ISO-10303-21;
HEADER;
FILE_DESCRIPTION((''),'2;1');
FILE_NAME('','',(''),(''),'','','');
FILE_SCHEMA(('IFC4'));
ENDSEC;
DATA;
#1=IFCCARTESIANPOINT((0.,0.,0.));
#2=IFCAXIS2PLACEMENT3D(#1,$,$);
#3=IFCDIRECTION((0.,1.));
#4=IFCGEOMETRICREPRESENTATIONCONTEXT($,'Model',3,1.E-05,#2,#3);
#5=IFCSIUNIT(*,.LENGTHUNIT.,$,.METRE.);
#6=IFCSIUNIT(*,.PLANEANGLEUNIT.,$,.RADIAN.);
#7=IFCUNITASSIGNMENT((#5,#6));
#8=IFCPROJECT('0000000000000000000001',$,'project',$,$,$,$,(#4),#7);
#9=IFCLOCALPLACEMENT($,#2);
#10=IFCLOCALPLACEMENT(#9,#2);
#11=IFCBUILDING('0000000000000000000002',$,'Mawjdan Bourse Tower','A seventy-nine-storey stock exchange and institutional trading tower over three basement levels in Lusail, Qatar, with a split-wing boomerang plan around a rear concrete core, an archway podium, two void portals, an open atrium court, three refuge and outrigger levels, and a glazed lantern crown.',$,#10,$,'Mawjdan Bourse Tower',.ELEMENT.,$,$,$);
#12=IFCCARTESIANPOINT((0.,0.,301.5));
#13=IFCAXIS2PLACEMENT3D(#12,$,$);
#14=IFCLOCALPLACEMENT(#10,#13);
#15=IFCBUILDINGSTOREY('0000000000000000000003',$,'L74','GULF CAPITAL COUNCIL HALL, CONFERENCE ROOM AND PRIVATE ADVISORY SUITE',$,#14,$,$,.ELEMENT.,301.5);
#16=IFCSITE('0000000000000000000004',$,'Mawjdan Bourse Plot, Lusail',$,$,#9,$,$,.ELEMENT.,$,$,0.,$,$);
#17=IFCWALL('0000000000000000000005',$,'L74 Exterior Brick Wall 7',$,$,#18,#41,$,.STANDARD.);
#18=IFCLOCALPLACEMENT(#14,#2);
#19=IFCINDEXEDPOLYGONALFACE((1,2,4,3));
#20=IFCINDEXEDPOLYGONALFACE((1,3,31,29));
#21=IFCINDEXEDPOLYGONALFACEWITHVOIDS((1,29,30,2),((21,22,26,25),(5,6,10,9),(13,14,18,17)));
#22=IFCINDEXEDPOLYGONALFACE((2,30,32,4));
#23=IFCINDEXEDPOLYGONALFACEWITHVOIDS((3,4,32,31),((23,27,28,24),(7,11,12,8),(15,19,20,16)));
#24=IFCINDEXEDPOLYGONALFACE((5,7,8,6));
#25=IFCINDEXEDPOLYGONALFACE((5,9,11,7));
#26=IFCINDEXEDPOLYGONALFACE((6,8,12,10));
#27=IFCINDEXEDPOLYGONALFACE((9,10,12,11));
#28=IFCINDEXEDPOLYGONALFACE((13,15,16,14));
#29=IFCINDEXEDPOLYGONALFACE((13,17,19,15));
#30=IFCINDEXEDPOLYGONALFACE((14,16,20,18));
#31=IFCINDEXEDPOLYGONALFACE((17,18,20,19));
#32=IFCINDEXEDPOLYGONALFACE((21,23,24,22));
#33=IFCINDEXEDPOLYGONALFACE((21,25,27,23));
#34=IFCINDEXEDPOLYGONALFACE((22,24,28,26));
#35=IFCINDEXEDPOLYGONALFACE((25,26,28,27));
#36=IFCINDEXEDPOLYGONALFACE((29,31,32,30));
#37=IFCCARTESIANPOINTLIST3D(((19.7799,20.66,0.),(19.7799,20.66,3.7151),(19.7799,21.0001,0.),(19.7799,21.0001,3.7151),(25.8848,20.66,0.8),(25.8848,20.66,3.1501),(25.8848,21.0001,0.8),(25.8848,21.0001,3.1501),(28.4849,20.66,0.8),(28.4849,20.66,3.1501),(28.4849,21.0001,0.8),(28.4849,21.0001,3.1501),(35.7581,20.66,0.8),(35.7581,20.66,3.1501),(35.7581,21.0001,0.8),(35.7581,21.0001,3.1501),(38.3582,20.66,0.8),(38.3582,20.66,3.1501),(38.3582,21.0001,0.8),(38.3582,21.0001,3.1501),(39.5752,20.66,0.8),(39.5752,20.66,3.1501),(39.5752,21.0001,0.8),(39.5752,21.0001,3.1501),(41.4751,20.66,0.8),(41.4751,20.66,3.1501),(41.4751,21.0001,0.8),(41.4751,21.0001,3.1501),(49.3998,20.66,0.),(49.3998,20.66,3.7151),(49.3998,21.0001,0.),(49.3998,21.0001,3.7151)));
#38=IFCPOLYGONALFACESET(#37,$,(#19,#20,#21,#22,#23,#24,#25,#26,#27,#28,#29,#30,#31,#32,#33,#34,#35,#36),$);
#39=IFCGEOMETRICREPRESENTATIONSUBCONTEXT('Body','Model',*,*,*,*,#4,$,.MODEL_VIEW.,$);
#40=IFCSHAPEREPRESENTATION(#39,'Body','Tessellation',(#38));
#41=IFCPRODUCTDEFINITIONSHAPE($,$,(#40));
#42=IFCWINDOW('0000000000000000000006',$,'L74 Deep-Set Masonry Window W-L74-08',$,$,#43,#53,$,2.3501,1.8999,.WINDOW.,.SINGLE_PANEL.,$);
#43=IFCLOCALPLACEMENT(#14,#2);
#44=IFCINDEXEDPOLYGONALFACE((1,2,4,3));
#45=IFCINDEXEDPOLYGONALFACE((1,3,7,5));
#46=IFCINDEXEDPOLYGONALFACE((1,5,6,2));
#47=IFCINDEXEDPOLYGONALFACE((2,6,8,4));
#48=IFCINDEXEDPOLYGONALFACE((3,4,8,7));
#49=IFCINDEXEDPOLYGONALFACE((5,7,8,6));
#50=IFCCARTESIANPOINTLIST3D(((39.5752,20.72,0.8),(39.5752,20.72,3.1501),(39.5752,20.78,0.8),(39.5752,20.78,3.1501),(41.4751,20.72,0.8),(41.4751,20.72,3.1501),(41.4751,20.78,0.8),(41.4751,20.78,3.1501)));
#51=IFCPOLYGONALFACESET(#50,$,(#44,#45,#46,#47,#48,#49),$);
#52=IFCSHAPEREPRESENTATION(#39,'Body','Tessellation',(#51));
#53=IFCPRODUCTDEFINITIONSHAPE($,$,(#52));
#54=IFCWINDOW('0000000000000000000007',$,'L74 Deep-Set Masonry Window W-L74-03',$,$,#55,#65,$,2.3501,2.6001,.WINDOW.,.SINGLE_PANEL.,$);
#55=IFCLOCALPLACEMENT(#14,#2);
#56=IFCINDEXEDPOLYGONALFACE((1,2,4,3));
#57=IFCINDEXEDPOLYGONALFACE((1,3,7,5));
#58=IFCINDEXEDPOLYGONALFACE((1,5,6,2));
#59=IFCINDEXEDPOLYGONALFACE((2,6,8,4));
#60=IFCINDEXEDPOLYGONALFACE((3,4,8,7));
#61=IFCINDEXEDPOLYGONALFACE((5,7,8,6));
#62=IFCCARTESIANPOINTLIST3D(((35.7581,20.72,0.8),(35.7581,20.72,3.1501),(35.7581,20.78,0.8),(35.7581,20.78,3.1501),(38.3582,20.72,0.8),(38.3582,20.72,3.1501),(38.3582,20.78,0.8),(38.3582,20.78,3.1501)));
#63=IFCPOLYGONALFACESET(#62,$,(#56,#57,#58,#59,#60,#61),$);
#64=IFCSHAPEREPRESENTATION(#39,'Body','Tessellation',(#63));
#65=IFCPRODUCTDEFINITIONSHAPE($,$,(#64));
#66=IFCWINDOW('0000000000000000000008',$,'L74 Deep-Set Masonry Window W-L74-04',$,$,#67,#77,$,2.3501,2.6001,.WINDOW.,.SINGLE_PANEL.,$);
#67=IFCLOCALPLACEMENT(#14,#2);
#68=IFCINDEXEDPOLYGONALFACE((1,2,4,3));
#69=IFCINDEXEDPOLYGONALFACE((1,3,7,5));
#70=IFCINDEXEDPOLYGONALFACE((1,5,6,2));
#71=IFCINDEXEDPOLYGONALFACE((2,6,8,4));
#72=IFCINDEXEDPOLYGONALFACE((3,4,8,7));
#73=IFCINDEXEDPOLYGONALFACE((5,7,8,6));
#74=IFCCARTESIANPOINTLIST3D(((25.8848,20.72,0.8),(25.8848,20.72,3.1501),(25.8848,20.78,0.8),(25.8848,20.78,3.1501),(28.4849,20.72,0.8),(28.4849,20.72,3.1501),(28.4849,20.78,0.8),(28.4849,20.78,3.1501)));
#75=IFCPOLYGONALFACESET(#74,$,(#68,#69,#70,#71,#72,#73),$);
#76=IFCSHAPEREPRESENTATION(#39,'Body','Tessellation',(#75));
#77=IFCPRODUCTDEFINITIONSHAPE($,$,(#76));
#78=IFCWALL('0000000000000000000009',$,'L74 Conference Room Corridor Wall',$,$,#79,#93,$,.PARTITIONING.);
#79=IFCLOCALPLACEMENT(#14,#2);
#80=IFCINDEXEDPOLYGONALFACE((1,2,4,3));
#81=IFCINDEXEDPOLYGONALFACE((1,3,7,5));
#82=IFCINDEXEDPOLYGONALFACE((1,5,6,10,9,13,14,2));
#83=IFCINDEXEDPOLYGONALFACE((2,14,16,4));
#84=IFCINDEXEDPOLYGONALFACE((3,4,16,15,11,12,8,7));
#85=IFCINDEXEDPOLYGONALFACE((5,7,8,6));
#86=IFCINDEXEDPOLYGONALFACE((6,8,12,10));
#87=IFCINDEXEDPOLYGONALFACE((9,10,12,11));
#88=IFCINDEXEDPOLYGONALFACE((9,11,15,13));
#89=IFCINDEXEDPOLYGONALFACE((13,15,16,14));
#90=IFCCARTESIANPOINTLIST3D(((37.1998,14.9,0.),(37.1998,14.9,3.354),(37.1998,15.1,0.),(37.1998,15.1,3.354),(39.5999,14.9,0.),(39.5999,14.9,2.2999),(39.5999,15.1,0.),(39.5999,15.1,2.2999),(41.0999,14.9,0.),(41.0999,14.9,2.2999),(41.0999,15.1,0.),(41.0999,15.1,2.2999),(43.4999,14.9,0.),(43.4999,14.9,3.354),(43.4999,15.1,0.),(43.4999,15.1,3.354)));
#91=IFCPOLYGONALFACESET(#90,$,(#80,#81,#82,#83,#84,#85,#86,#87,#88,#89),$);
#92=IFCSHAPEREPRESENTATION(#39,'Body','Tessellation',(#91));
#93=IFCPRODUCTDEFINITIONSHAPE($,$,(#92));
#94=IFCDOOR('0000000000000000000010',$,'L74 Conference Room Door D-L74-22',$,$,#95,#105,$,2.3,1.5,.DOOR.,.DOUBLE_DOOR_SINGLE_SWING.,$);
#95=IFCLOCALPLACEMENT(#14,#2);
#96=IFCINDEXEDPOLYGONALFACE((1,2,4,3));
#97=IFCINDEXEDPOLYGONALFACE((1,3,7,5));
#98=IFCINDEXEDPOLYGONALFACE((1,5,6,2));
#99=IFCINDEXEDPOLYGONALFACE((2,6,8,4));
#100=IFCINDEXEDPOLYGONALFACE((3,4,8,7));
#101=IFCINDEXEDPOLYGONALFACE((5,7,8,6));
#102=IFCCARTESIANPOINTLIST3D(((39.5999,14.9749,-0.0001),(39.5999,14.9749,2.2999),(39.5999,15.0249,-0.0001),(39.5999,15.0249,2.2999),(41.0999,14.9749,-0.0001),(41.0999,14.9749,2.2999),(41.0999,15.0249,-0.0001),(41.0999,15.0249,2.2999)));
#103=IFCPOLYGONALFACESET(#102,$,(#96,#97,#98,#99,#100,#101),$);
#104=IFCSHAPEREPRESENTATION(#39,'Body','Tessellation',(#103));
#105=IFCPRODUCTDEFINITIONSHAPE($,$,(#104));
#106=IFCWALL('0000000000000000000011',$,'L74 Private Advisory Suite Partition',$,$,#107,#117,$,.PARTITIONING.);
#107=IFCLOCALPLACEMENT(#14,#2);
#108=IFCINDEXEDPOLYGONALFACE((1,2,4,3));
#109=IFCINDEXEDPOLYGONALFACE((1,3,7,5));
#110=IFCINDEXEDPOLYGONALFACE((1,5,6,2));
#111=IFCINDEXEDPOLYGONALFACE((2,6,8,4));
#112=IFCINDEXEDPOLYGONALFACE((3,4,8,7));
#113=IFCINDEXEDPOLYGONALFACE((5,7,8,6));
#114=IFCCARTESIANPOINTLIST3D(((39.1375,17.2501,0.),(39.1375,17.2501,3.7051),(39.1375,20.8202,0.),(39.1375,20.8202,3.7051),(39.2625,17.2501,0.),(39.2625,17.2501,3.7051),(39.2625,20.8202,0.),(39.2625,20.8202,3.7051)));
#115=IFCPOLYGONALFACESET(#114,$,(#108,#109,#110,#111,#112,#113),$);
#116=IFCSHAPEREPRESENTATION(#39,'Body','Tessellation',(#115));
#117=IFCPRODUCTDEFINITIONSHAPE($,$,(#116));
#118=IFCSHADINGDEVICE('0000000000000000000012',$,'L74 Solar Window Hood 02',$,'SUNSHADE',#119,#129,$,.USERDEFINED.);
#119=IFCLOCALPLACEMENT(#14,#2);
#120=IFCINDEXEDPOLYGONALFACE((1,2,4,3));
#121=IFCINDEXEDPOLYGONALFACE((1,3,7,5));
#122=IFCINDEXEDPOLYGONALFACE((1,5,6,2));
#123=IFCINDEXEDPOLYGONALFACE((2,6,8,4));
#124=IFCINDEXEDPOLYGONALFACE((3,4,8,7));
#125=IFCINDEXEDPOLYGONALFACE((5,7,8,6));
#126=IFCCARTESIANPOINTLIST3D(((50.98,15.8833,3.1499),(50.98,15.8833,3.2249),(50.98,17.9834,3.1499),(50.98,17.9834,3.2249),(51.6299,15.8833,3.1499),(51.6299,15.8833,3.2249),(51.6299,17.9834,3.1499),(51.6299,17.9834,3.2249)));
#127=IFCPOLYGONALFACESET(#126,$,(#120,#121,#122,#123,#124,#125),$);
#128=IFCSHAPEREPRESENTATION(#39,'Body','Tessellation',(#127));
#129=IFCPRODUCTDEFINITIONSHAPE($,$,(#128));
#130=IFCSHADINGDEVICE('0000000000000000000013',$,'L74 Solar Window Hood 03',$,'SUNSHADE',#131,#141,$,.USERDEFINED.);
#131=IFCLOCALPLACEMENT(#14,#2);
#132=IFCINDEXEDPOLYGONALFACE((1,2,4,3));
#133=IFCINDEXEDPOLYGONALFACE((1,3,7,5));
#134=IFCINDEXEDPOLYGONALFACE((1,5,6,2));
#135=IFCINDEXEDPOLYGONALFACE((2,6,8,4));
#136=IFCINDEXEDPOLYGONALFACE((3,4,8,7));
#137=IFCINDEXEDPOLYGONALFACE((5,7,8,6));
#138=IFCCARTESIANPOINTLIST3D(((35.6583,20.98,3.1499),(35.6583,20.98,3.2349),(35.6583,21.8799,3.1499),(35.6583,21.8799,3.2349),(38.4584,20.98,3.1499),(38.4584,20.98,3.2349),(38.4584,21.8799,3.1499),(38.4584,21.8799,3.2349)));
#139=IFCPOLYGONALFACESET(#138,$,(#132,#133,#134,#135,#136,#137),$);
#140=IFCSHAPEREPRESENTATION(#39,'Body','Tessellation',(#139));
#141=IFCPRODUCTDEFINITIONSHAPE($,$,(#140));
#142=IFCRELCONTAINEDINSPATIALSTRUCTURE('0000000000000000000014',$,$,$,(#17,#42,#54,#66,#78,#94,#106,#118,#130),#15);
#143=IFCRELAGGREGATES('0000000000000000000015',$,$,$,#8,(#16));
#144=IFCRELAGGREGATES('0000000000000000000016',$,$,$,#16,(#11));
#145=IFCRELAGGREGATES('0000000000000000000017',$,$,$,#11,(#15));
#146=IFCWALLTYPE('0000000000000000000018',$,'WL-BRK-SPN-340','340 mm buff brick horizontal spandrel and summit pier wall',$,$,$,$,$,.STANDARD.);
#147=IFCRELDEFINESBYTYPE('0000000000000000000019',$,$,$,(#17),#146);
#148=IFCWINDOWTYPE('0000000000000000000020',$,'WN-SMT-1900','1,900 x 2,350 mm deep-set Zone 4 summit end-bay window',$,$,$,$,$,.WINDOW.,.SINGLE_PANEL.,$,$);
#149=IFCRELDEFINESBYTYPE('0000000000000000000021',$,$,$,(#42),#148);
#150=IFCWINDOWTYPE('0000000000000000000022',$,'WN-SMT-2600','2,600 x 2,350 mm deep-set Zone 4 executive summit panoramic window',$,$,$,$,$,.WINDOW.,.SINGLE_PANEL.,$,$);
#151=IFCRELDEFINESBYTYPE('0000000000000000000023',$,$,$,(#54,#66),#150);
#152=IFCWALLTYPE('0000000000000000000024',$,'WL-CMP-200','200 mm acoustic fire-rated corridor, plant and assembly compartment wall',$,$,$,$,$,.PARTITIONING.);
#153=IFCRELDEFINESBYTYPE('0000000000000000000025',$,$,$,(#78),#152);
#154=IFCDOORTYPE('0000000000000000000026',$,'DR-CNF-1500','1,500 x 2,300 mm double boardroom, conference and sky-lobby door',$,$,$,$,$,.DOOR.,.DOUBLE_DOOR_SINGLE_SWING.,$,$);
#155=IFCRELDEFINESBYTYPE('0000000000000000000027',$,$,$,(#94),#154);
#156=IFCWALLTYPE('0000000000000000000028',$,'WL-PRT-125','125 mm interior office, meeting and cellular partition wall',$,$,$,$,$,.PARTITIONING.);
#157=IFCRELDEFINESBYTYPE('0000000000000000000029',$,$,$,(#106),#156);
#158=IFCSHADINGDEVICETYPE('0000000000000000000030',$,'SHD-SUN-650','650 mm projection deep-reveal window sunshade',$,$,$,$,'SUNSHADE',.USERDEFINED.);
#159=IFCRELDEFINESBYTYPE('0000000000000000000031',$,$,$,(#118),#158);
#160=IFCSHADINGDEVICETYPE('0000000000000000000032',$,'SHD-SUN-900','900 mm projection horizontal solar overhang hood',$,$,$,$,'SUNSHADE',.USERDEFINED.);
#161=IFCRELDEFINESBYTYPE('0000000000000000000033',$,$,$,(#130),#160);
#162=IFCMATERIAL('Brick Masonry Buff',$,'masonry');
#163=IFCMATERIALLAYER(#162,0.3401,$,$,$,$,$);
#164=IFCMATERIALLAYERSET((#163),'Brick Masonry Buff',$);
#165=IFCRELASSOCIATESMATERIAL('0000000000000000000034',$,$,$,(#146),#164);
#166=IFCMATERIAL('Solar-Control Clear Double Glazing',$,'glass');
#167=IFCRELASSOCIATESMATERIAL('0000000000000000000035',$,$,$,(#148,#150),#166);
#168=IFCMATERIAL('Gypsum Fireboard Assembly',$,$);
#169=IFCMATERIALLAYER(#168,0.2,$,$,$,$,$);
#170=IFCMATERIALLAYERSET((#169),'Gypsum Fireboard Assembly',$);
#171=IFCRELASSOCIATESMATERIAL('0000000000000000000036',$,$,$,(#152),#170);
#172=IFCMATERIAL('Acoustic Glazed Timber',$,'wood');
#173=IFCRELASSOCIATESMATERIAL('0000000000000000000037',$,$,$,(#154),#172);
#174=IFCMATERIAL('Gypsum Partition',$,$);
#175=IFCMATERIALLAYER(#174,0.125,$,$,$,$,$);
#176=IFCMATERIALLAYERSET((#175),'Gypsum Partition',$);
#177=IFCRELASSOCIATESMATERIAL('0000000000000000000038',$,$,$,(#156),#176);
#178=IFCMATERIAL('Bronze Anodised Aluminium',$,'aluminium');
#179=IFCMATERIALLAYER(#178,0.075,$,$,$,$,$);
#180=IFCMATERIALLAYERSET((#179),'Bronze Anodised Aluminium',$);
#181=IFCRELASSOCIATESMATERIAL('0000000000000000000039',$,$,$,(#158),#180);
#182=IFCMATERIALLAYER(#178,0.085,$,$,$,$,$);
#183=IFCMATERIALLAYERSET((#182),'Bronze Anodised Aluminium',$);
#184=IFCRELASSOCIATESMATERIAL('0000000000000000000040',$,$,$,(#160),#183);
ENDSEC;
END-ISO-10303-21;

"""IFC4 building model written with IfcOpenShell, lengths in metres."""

from ifc_helpers import new_model, si_unit, direction, frame, frame_2d, origin, origin_2d, place, context, subcontext, project, spatial, rectangle, extrude, material, layer, layer_set, type_object, element, fill, save


model = new_model("IFC4")

# Units and contexts
model_context = context("Model", 3, precision=1e-05, world=origin(), true_north=direction((0.0, 1.0)))
body_context = subcontext(model_context, "Body", "Model", "MODEL_VIEW")
ifc_project = project(units=[si_unit("LENGTHUNIT", "METRE"), si_unit("PLANEANGLEUNIT", "RADIAN")], contexts=[model_context])

# Site, building, storey
site_placement = place(None, origin())
site = spatial("IfcSite", under=ifc_project, at=site_placement, Name="Mawjdan Bourse Plot, Lusail", CompositionType="ELEMENT", RefElevation=0.0)
building_placement = place(site_placement, origin())
building = spatial("IfcBuilding", under=site, at=building_placement, Name="Mawjdan Bourse Tower", Description="A seventy-nine-storey stock exchange and institutional trading tower over three basement levels in Lusail, Qatar, with a split-wing boomerang plan around a rear concrete core, an archway podium, two void portals, an open atrium court, three refuge and outrigger levels, and a glazed lantern crown.", LongName="Mawjdan Bourse Tower", CompositionType="ELEMENT")
storey_placement = place(building_placement, frame((0.0, 0.0, 301.5)))
storey = spatial("IfcBuildingStorey", under=building, at=storey_placement, Name="L74", Description="GULF CAPITAL COUNCIL HALL, CONFERENCE ROOM AND PRIVATE ADVISORY SUITE", CompositionType="ELEMENT", Elevation=301.5)

# Shared definitions
ifc_material_1 = material(Name="Brick Masonry Buff", Category="masonry")
ifc_layer_1 = layer(ifc_material_1, 0.3401)
ifc_layer_set_1 = layer_set([ifc_layer_1], Name="Brick Masonry Buff")
wall_type_1 = type_object("IfcWallType", Name="WL-BRK-SPN-340", Description="340 mm buff brick horizontal spandrel and summit pier wall", PredefinedType="STANDARD", material=ifc_layer_set_1)

# Wall, openings, windows
wall_1_placement = place(storey_placement, frame((49.3999, 20.8301, 0.0), z_axis=(0.0, 0.0, 1.0), x_axis=(-1.0, 0.0, 0.0)))
wall_1 = element("IfcWall", 1, at=wall_1_placement, inside=storey, type_object=wall_type_1, Name="L74 Exterior Brick Wall 7", PredefinedType="STANDARD", context=body_context, shape_type="SweptSolid", body=[
    extrude(rectangle(XDim=29.6199, YDim=0.3401, at=frame_2d((14.8101, 0.0))), origin(), (0.0, 0.0, 1.0), 3.7151),
])
opening_1_placement = place(wall_1_placement, frame((11.0417, 0.0, 0.8)))
opening_1 = element("IfcOpeningElement", 2, at=opening_1_placement, cuts=wall_1, PredefinedType="OPENING", context=body_context, shape_type="SweptSolid", body=[
    extrude(rectangle(XDim=2.6001, YDim=2.3501, at=frame_2d((1.3, 1.175))), frame((0.0, 0.1802, 0.0), z_axis=(0.0, -1.0, 0.0), x_axis=(1.0, 0.0, 0.0)), (0.0, 0.0, 1.0), 0.3601),
])
opening_2_placement = place(wall_1_placement, frame((20.915, 0.0, 0.8)))
opening_2 = element("IfcOpeningElement", 3, at=opening_2_placement, cuts=wall_1, PredefinedType="OPENING", context=body_context, shape_type="SweptSolid", body=[
    extrude(rectangle(XDim=2.6001, YDim=2.3501, at=frame_2d((1.3, 1.175))), frame((0.0, 0.1802, 0.0), z_axis=(0.0, -1.0, 0.0), x_axis=(1.0, 0.0, 0.0)), (0.0, 0.0, 1.0), 0.3601),
])
opening_3_placement = place(wall_1_placement, frame((7.9248, 0.0, 0.8)))
opening_3 = element("IfcOpeningElement", 4, at=opening_3_placement, cuts=wall_1, PredefinedType="OPENING", context=body_context, shape_type="SweptSolid", body=[
    extrude(rectangle(XDim=1.8999, YDim=2.3501, at=frame_2d((0.95, 1.175))), frame((0.0, 0.1802, 0.0), z_axis=(0.0, -1.0, 0.0), x_axis=(1.0, 0.0, 0.0)), (0.0, 0.0, 1.0), 0.3601),
])
ifc_material_2 = material(Name="Solar-Control Clear Double Glazing", Category="glass")
window_type_1 = type_object("IfcWindowType", Name="WN-SMT-1900", Description="1,900 x 2,350 mm deep-set Zone 4 summit end-bay window", PartitioningType="SINGLE_PANEL", PredefinedType="WINDOW", material=ifc_material_2)
window_1_placement = place(opening_3_placement, origin())
window_1 = element("IfcWindow", 5, at=window_1_placement, inside=storey, type_object=window_type_1, Name="L74 Deep-Set Masonry Window W-L74-08", OverallHeight=2.3501, OverallWidth=1.8999, PartitioningType="SINGLE_PANEL", PredefinedType="WINDOW", context=body_context, shape_type="SweptSolid", body=[
    extrude(rectangle(XDim=1.8999, YDim=2.3501, at=frame_2d((0.95, 1.175))), frame((0.0, 0.1101, 0.0), z_axis=(0.0, -1.0, 0.0), x_axis=(1.0, 0.0, 0.0)), (0.0, 0.0, 1.0), 0.0601),
])
fill(opening_3, window_1)
window_type_2 = type_object("IfcWindowType", Name="WN-SMT-2600", Description="2,600 x 2,350 mm deep-set Zone 4 executive summit panoramic window", PartitioningType="SINGLE_PANEL", PredefinedType="WINDOW", material=ifc_material_2)
window_2_placement = place(opening_1_placement, origin())
window_2 = element("IfcWindow", 6, at=window_2_placement, inside=storey, type_object=window_type_2, Name="L74 Deep-Set Masonry Window W-L74-03", OverallHeight=2.3501, OverallWidth=2.6001, PartitioningType="SINGLE_PANEL", PredefinedType="WINDOW", context=body_context, shape_type="SweptSolid", body=[
    extrude(rectangle(XDim=2.6001, YDim=2.3501, at=frame_2d((1.3, 1.175))), frame((0.0, 0.1101, 0.0), z_axis=(0.0, -1.0, 0.0), x_axis=(1.0, 0.0, 0.0)), (0.0, 0.0, 1.0), 0.0601),
])
fill(opening_1, window_2)
window_3_placement = place(opening_2_placement, origin())
window_3 = element("IfcWindow", 7, at=window_3_placement, inside=storey, type_object=window_type_2, Name="L74 Deep-Set Masonry Window W-L74-04", OverallHeight=2.3501, OverallWidth=2.6001, PartitioningType="SINGLE_PANEL", PredefinedType="WINDOW", context=body_context, shape_type="SweptSolid", body=[
    extrude(rectangle(XDim=2.6001, YDim=2.3501, at=frame_2d((1.3, 1.175))), frame((0.0, 0.1101, 0.0), z_axis=(0.0, -1.0, 0.0), x_axis=(1.0, 0.0, 0.0)), (0.0, 0.0, 1.0), 0.0601),
])
fill(opening_2, window_3)

# Wall, opening, door
ifc_material_3 = material(Name="Gypsum Fireboard Assembly")
ifc_layer_2 = layer(ifc_material_3, 0.2)
ifc_layer_set_2 = layer_set([ifc_layer_2], Name="Gypsum Fireboard Assembly")
wall_type_2 = type_object("IfcWallType", Name="WL-CMP-200", Description="200 mm acoustic fire-rated corridor, plant and assembly compartment wall", PredefinedType="PARTITIONING", material=ifc_layer_set_2)
wall_2_placement = place(storey_placement, frame((37.2, 15.0, 0.0), z_axis=(0.0, 0.0, 1.0), x_axis=(1.0, 0.0, 0.0)))
wall_2 = element("IfcWall", 8, at=wall_2_placement, inside=storey, type_object=wall_type_2, Name="L74 Conference Room Corridor Wall", PredefinedType="PARTITIONING", context=body_context, shape_type="SweptSolid", body=[
    extrude(rectangle(XDim=6.3, YDim=0.2, at=frame_2d((3.1499, 0.0))), origin(), (0.0, 0.0, 1.0), 3.354),
])
opening_4_placement = place(wall_2_placement, frame((2.3999, 0.0, 0.0)))
opening_4 = element("IfcOpeningElement", 9, at=opening_4_placement, cuts=wall_2, PredefinedType="OPENING", context=body_context, shape_type="SweptSolid", body=[
    extrude(rectangle(XDim=1.5, YDim=2.3, at=frame_2d((0.75, 1.1499))), frame((0.0, 0.1099, 0.0), z_axis=(0.0, -1.0, 0.0), x_axis=(1.0, 0.0, 0.0)), (0.0, 0.0, 1.0), 0.22),
])
ifc_material_4 = material(Name="Acoustic Glazed Timber", Category="wood")
door_type_1 = type_object("IfcDoorType", Name="DR-CNF-1500", Description="1,500 x 2,300 mm double boardroom, conference and sky-lobby door", OperationType="DOUBLE_DOOR_SINGLE_SWING", PredefinedType="DOOR", material=ifc_material_4)
door_1_placement = place(opening_4_placement, origin())
door_1 = element("IfcDoor", 10, at=door_1_placement, inside=storey, type_object=door_type_1, Name="L74 Conference Room Door D-L74-22", OperationType="DOUBLE_DOOR_SINGLE_SWING", OverallHeight=2.3, OverallWidth=1.5, PredefinedType="DOOR", context=body_context, shape_type="SweptSolid", body=[
    extrude(rectangle(XDim=1.5, YDim=2.3, at=frame_2d((0.75, 1.1499))), frame((0.0, 0.0249, 0.0), z_axis=(0.0, -1.0, 0.0), x_axis=(1.0, 0.0, 0.0)), (0.0, 0.0, 1.0), 0.05),
])
fill(opening_4, door_1)

# Wall
ifc_material_5 = material(Name="Gypsum Partition")
ifc_layer_3 = layer(ifc_material_5, 0.125)
ifc_layer_set_3 = layer_set([ifc_layer_3], Name="Gypsum Partition")
wall_type_3 = type_object("IfcWallType", Name="WL-PRT-125", Description="125 mm interior office, meeting and cellular partition wall", PredefinedType="PARTITIONING", material=ifc_layer_set_3)
wall_3_placement = place(storey_placement, frame((39.2, 17.25, 0.0), z_axis=(0.0, 0.0, 1.0), x_axis=(0.0, 1.0, 0.0)))
element("IfcWall", 11, at=wall_3_placement, inside=storey, type_object=wall_type_3, Name="L74 Private Advisory Suite Partition", PredefinedType="PARTITIONING", context=body_context, shape_type="SweptSolid", body=[
    extrude(rectangle(XDim=3.5701, YDim=0.125, at=frame_2d((1.7852, 0.0))), origin(), (0.0, 0.0, 1.0), 3.7051),
])

# Shading devices
ifc_material_6 = material(Name="Bronze Anodised Aluminium", Category="aluminium")
ifc_layer_4 = layer(ifc_material_6, 0.075)
ifc_layer_set_4 = layer_set([ifc_layer_4], Name="Bronze Anodised Aluminium")
shading_device_type_1 = type_object("IfcShadingDeviceType", Name="SHD-SUN-650", Description="650 mm projection deep-reveal window sunshade", ElementType="SUNSHADE", PredefinedType="USERDEFINED", material=ifc_layer_set_4)
shading_device_1_placement = place(storey_placement, frame((51.3049, 16.9333, 3.1499), z_axis=(0.0, 0.0, 1.0), x_axis=(0.0, 1.0, 0.0)))
element("IfcShadingDevice", 12, at=shading_device_1_placement, inside=storey, type_object=shading_device_type_1, Name="L74 Solar Window Hood 02", ObjectType="SUNSHADE", PredefinedType="USERDEFINED", context=body_context, shape_type="SweptSolid", body=[
    extrude(rectangle(XDim=2.1001, YDim=0.6499, at=origin_2d()), origin(), (0.0, 0.0, 1.0), 0.075),
])
ifc_layer_5 = layer(ifc_material_6, 0.085)
ifc_layer_set_5 = layer_set([ifc_layer_5], Name="Bronze Anodised Aluminium")
shading_device_type_2 = type_object("IfcShadingDeviceType", Name="SHD-SUN-900", Description="900 mm projection horizontal solar overhang hood", ElementType="SUNSHADE", PredefinedType="USERDEFINED", material=ifc_layer_set_5)
shading_device_2_placement = place(storey_placement, frame((37.0583, 21.4299, 3.1499), z_axis=(0.0, 0.0, 1.0), x_axis=(-1.0, 0.0, 0.0)))
element("IfcShadingDevice", 13, at=shading_device_2_placement, inside=storey, type_object=shading_device_type_2, Name="L74 Solar Window Hood 03", ObjectType="SUNSHADE", PredefinedType="USERDEFINED", context=body_context, shape_type="SweptSolid", body=[
    extrude(rectangle(XDim=2.8, YDim=0.8999, at=origin_2d()), origin(), (0.0, 0.0, 1.0), 0.085),
])

save(model, "model.ifc")
